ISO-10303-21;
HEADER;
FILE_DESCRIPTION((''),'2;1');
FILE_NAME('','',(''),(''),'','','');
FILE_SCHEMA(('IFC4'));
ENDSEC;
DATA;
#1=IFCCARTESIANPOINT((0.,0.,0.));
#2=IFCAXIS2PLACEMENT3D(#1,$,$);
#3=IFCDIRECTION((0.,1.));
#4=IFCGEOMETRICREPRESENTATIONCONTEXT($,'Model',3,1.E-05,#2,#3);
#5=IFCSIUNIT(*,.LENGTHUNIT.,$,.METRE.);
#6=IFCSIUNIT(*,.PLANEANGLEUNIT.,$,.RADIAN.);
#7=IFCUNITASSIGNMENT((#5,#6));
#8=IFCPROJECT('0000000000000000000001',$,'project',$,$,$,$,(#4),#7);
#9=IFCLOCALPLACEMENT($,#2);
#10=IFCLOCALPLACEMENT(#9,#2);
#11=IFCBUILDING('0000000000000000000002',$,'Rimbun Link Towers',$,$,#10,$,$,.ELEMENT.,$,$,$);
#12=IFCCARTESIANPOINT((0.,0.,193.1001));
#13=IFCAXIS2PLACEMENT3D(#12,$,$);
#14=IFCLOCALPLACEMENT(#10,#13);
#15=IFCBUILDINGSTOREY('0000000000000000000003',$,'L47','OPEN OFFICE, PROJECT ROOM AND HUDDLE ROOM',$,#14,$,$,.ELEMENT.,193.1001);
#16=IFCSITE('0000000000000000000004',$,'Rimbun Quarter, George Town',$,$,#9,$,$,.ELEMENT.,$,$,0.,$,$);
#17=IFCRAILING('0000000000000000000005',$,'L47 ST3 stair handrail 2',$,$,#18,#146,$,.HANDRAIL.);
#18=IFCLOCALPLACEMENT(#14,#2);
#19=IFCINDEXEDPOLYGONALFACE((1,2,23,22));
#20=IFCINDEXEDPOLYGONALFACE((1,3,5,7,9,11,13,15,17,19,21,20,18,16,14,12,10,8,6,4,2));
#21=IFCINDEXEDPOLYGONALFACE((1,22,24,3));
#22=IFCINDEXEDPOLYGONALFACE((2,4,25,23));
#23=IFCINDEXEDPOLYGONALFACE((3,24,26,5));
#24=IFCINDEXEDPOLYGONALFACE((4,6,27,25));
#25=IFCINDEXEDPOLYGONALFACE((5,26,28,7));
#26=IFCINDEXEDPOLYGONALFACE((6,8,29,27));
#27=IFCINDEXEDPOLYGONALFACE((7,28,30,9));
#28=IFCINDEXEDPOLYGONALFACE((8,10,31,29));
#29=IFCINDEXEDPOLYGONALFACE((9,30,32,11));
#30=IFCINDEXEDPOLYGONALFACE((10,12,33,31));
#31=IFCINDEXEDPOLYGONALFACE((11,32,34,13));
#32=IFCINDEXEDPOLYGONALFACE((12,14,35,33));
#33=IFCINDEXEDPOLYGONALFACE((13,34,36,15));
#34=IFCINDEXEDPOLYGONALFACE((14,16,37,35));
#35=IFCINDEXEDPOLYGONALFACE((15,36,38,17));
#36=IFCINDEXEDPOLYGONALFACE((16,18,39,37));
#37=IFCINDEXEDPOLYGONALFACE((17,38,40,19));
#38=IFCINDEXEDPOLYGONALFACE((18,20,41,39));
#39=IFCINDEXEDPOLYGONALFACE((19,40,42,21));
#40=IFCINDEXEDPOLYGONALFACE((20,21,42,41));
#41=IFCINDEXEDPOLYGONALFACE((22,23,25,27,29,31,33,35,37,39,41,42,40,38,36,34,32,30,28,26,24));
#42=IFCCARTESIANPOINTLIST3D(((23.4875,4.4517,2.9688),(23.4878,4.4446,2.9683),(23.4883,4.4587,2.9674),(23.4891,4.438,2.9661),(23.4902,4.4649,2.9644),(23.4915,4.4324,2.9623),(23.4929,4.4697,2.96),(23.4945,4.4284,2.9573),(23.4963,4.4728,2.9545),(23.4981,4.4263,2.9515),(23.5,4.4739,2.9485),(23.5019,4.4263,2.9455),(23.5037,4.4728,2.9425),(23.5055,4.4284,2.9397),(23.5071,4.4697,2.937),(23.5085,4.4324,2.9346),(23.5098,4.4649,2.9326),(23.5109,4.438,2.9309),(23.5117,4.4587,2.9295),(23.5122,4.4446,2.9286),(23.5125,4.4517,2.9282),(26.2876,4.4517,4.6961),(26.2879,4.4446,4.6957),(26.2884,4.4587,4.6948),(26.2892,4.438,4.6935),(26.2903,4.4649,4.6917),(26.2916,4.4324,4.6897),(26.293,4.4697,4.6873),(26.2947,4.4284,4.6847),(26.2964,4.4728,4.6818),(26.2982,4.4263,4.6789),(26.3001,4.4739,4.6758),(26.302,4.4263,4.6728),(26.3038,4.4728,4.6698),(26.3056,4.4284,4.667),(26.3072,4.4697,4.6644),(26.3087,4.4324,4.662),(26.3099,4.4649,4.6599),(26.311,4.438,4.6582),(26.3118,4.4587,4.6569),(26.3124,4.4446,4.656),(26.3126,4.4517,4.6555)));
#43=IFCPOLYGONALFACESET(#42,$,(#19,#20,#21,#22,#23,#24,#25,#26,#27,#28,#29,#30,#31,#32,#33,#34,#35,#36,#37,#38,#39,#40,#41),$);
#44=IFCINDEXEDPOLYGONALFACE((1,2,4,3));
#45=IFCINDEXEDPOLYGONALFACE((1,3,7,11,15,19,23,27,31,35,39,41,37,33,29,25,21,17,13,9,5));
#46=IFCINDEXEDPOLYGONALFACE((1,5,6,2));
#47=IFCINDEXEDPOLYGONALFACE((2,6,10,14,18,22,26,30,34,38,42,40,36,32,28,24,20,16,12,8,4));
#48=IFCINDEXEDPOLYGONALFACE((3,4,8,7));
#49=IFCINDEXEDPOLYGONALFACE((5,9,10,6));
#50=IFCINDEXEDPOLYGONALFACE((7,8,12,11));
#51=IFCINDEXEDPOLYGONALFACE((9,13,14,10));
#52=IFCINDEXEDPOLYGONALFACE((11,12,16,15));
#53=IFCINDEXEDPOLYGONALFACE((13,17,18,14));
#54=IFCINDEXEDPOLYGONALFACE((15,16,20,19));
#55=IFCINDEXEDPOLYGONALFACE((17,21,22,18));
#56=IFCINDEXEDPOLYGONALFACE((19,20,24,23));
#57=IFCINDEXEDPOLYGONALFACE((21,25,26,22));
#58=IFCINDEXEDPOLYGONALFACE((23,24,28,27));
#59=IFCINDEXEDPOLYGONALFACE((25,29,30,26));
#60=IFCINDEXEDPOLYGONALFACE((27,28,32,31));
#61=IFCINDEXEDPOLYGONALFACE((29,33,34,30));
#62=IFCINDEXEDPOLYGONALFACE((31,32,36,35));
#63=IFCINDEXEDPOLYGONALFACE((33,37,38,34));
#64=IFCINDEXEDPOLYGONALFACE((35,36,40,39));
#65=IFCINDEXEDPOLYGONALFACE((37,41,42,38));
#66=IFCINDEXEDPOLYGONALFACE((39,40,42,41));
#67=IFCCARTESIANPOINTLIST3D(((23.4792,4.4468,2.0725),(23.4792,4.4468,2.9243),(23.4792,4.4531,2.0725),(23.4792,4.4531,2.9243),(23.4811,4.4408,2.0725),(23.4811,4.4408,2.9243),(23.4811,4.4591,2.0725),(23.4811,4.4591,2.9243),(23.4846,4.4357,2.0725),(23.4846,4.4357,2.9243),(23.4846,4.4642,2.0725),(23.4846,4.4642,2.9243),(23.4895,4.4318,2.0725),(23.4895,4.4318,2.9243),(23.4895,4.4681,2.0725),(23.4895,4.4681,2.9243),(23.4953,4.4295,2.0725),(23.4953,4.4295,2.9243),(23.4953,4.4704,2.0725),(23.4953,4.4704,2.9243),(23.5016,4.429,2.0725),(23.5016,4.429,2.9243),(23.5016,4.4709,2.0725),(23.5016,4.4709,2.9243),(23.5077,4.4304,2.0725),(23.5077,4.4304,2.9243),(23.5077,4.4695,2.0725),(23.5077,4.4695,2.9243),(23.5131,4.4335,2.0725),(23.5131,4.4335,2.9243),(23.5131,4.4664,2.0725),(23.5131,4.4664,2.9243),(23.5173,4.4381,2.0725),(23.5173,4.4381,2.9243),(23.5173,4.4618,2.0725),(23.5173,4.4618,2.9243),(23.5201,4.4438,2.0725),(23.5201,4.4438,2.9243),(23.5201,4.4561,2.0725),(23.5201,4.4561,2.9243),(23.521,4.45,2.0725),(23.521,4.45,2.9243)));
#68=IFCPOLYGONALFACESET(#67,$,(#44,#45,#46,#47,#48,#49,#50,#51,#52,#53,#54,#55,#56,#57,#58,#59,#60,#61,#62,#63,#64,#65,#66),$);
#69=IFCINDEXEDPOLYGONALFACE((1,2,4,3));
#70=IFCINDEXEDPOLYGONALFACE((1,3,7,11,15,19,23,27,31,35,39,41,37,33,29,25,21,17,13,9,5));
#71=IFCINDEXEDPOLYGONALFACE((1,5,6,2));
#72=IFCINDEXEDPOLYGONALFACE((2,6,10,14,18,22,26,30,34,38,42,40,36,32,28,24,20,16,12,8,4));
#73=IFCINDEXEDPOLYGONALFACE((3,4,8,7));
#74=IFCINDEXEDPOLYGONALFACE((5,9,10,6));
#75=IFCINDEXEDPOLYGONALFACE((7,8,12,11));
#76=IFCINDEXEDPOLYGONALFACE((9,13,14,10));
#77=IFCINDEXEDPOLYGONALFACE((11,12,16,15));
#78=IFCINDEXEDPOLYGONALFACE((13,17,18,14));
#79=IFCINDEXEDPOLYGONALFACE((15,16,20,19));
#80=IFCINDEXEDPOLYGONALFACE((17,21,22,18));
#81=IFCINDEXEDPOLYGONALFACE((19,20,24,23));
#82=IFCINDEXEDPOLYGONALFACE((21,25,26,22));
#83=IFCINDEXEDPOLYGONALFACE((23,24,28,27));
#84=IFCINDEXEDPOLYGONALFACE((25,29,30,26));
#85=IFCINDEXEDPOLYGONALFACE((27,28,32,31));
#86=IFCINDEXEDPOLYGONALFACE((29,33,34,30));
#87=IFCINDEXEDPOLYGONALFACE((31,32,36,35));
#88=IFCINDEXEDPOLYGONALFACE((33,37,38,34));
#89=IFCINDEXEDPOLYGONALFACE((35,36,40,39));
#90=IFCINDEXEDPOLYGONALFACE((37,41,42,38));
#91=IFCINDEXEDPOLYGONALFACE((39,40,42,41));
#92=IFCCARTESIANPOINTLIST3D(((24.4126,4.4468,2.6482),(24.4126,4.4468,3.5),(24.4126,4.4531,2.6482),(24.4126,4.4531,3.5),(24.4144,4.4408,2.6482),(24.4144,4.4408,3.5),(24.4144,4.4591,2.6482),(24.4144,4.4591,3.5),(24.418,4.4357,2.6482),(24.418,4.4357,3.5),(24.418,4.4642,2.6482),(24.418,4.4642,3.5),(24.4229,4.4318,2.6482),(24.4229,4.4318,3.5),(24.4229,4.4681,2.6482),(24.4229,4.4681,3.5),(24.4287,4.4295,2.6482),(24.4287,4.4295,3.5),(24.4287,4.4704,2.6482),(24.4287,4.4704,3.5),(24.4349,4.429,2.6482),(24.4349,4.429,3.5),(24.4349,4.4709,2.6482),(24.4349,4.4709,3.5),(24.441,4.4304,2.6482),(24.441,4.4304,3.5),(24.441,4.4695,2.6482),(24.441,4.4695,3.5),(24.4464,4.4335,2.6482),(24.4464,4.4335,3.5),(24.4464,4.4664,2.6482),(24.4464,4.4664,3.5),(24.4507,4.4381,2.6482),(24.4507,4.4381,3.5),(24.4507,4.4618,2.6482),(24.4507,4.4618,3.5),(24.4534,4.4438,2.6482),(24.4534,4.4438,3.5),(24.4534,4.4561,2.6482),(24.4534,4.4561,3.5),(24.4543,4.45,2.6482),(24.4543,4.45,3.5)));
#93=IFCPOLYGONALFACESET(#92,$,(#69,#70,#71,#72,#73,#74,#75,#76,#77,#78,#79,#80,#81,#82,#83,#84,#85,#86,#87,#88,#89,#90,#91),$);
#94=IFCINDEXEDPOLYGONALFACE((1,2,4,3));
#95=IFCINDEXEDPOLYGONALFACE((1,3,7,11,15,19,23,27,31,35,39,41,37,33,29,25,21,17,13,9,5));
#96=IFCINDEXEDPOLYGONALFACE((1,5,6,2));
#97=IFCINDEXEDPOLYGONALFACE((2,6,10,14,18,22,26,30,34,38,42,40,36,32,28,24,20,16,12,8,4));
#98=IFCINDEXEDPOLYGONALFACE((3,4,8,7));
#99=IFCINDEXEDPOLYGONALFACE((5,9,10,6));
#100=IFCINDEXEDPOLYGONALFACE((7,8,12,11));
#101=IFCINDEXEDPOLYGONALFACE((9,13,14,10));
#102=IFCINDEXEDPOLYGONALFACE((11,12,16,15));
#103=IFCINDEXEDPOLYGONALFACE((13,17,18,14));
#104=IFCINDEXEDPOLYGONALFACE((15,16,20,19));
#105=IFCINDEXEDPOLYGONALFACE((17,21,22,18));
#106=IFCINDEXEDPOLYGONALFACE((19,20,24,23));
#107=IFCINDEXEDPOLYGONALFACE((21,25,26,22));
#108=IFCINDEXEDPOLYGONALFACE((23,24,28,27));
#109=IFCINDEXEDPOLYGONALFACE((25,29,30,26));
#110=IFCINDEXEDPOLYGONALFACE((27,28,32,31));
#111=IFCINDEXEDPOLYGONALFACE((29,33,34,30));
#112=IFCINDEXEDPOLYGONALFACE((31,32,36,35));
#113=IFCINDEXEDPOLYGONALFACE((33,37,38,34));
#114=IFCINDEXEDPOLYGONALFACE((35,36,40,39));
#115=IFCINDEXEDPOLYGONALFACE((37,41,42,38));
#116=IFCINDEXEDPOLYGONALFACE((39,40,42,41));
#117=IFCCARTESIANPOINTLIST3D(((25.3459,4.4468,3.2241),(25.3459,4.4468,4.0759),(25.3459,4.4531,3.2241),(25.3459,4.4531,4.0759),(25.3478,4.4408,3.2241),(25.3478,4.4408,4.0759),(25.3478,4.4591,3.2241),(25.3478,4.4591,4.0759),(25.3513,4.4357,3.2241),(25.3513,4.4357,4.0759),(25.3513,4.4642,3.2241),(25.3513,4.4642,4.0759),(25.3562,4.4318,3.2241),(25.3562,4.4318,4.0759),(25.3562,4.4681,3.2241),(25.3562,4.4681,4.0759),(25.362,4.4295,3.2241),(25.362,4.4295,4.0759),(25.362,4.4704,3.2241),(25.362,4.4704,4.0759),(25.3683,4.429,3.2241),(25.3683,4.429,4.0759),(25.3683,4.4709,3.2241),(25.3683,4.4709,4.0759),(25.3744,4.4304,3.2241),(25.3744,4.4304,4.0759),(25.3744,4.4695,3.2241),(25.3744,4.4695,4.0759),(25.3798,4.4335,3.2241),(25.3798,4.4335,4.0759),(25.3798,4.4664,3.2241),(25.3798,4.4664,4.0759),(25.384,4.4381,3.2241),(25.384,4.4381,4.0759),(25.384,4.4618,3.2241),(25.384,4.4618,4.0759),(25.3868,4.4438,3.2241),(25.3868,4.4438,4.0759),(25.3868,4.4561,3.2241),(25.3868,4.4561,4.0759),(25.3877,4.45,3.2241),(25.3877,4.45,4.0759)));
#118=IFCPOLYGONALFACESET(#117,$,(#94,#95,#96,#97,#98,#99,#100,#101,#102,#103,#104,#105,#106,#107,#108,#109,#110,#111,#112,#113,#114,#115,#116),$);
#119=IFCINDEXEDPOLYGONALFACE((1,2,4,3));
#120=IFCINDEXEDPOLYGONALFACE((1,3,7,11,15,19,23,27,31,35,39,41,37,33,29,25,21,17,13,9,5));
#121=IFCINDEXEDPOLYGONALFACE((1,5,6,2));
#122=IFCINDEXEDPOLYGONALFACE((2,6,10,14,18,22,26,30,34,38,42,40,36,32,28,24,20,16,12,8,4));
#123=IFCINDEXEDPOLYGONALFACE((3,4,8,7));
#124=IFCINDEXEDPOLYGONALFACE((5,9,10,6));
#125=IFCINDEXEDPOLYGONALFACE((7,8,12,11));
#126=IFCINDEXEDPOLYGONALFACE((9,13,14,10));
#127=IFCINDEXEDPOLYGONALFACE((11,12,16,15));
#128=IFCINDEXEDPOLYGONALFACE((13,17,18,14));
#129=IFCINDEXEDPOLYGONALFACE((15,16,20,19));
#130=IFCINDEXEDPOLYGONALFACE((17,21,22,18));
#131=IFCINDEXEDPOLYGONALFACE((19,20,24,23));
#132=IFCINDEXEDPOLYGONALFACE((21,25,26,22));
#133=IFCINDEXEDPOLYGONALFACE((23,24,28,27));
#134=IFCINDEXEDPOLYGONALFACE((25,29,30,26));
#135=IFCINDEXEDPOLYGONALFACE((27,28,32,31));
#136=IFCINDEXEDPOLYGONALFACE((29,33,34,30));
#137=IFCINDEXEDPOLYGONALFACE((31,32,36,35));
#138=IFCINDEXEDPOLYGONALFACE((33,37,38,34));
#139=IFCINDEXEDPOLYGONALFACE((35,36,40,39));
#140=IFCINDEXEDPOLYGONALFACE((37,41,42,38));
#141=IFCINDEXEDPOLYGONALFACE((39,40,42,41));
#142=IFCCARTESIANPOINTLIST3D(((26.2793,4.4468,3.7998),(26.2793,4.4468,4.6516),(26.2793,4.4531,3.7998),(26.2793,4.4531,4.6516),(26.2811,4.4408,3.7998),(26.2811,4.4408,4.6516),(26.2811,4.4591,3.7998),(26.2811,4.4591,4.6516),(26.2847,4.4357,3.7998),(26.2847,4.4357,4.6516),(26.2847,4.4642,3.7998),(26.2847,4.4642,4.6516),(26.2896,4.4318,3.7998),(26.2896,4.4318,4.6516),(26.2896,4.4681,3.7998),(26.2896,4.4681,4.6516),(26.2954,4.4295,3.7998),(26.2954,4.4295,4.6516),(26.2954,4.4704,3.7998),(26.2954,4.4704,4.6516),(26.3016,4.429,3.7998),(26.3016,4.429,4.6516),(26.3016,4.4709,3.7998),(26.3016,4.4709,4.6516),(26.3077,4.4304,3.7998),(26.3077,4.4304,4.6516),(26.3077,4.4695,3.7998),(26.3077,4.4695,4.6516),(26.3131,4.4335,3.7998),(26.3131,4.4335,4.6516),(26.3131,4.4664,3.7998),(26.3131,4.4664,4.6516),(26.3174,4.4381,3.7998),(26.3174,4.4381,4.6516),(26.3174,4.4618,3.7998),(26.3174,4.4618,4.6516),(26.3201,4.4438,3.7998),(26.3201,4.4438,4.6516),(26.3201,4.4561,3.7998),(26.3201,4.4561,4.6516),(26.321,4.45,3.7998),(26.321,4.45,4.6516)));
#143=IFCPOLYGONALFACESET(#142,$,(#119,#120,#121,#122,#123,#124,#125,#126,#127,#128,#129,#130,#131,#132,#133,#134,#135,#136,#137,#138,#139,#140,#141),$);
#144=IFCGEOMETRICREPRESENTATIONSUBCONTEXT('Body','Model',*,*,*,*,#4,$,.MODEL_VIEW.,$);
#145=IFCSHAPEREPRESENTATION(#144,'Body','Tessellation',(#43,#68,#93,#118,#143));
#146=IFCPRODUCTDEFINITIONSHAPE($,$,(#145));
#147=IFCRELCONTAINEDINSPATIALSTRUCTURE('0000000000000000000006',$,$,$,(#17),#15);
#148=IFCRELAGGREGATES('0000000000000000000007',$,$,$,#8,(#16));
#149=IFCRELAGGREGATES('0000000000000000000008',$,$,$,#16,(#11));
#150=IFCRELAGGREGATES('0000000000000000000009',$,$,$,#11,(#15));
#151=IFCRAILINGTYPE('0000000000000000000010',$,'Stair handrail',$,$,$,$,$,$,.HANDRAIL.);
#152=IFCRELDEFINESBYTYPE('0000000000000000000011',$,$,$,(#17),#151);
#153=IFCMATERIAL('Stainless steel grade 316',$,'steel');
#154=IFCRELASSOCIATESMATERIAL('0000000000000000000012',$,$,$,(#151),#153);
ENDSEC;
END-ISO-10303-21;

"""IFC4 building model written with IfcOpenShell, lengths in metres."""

from ifc_helpers import new_model, si_unit, direction, frame, origin, origin_2d, place, context, subcontext, project, spatial, circle, extrude, material, type_object, element, save


model = new_model("IFC4")

# Units and contexts
model_context = context("Model", 3, precision=1e-05, world=origin(), true_north=direction((0.0, 1.0)))
body_context = subcontext(model_context, "Body", "Model", "MODEL_VIEW")
ifc_project = project(units=[si_unit("LENGTHUNIT", "METRE"), si_unit("PLANEANGLEUNIT", "RADIAN")], contexts=[model_context])

# Site, building, storey
site_placement = place(None, origin())
site = spatial("IfcSite", under=ifc_project, at=site_placement, Name="Rimbun Quarter, George Town", CompositionType="ELEMENT", RefElevation=0.0)
building_placement = place(site_placement, origin())
building = spatial("IfcBuilding", under=site, at=building_placement, Name="Rimbun Link Towers", CompositionType="ELEMENT")
storey_placement = place(building_placement, frame((0.0, 0.0, 193.1001)))
storey = spatial("IfcBuildingStorey", under=building, at=storey_placement, Name="L47", Description="OPEN OFFICE, PROJECT ROOM AND HUDDLE ROOM", CompositionType="ELEMENT", Elevation=193.1001)

# Railing
ifc_material_1 = material(Name="Stainless steel grade 316", Category="steel")
railing_type_1 = type_object("IfcRailingType", Name="Stair handrail", PredefinedType="HANDRAIL", material=ifc_material_1)
railing_1_placement = place(storey_placement, frame((23.5, 4.45, 2.0725)))
element("IfcRailing", 1, at=railing_1_placement, inside=storey, type_object=railing_type_1, Name="L47 ST3 stair handrail 2", PredefinedType="HANDRAIL", context=body_context, shape_type="SweptSolid", body=[
    extrude(circle(Radius=0.0239, at=origin_2d()), frame((0.0, 0.0, 0.876), z_axis=(0.85109, 0.0, 0.52502), x_axis=(0.0, 1.0, 0.0)), (0.0, 0.0, 1.0), 3.29),
    extrude(circle(Radius=0.021, at=origin_2d()), origin(), (0.0, 0.0, 1.0), 0.8518),
    extrude(circle(Radius=0.021, at=origin_2d()), frame((0.9333, 0.0, 0.5757)), (0.0, 0.0, 1.0), 0.8518),
    extrude(circle(Radius=0.021, at=origin_2d()), frame((1.8667, 0.0, 1.1516)), (0.0, 0.0, 1.0), 0.8518),
    extrude(circle(Radius=0.021, at=origin_2d()), frame((2.8, 0.0, 1.7273)), (0.0, 0.0, 1.0), 0.8518),
])

save(model, "model.ifc")
